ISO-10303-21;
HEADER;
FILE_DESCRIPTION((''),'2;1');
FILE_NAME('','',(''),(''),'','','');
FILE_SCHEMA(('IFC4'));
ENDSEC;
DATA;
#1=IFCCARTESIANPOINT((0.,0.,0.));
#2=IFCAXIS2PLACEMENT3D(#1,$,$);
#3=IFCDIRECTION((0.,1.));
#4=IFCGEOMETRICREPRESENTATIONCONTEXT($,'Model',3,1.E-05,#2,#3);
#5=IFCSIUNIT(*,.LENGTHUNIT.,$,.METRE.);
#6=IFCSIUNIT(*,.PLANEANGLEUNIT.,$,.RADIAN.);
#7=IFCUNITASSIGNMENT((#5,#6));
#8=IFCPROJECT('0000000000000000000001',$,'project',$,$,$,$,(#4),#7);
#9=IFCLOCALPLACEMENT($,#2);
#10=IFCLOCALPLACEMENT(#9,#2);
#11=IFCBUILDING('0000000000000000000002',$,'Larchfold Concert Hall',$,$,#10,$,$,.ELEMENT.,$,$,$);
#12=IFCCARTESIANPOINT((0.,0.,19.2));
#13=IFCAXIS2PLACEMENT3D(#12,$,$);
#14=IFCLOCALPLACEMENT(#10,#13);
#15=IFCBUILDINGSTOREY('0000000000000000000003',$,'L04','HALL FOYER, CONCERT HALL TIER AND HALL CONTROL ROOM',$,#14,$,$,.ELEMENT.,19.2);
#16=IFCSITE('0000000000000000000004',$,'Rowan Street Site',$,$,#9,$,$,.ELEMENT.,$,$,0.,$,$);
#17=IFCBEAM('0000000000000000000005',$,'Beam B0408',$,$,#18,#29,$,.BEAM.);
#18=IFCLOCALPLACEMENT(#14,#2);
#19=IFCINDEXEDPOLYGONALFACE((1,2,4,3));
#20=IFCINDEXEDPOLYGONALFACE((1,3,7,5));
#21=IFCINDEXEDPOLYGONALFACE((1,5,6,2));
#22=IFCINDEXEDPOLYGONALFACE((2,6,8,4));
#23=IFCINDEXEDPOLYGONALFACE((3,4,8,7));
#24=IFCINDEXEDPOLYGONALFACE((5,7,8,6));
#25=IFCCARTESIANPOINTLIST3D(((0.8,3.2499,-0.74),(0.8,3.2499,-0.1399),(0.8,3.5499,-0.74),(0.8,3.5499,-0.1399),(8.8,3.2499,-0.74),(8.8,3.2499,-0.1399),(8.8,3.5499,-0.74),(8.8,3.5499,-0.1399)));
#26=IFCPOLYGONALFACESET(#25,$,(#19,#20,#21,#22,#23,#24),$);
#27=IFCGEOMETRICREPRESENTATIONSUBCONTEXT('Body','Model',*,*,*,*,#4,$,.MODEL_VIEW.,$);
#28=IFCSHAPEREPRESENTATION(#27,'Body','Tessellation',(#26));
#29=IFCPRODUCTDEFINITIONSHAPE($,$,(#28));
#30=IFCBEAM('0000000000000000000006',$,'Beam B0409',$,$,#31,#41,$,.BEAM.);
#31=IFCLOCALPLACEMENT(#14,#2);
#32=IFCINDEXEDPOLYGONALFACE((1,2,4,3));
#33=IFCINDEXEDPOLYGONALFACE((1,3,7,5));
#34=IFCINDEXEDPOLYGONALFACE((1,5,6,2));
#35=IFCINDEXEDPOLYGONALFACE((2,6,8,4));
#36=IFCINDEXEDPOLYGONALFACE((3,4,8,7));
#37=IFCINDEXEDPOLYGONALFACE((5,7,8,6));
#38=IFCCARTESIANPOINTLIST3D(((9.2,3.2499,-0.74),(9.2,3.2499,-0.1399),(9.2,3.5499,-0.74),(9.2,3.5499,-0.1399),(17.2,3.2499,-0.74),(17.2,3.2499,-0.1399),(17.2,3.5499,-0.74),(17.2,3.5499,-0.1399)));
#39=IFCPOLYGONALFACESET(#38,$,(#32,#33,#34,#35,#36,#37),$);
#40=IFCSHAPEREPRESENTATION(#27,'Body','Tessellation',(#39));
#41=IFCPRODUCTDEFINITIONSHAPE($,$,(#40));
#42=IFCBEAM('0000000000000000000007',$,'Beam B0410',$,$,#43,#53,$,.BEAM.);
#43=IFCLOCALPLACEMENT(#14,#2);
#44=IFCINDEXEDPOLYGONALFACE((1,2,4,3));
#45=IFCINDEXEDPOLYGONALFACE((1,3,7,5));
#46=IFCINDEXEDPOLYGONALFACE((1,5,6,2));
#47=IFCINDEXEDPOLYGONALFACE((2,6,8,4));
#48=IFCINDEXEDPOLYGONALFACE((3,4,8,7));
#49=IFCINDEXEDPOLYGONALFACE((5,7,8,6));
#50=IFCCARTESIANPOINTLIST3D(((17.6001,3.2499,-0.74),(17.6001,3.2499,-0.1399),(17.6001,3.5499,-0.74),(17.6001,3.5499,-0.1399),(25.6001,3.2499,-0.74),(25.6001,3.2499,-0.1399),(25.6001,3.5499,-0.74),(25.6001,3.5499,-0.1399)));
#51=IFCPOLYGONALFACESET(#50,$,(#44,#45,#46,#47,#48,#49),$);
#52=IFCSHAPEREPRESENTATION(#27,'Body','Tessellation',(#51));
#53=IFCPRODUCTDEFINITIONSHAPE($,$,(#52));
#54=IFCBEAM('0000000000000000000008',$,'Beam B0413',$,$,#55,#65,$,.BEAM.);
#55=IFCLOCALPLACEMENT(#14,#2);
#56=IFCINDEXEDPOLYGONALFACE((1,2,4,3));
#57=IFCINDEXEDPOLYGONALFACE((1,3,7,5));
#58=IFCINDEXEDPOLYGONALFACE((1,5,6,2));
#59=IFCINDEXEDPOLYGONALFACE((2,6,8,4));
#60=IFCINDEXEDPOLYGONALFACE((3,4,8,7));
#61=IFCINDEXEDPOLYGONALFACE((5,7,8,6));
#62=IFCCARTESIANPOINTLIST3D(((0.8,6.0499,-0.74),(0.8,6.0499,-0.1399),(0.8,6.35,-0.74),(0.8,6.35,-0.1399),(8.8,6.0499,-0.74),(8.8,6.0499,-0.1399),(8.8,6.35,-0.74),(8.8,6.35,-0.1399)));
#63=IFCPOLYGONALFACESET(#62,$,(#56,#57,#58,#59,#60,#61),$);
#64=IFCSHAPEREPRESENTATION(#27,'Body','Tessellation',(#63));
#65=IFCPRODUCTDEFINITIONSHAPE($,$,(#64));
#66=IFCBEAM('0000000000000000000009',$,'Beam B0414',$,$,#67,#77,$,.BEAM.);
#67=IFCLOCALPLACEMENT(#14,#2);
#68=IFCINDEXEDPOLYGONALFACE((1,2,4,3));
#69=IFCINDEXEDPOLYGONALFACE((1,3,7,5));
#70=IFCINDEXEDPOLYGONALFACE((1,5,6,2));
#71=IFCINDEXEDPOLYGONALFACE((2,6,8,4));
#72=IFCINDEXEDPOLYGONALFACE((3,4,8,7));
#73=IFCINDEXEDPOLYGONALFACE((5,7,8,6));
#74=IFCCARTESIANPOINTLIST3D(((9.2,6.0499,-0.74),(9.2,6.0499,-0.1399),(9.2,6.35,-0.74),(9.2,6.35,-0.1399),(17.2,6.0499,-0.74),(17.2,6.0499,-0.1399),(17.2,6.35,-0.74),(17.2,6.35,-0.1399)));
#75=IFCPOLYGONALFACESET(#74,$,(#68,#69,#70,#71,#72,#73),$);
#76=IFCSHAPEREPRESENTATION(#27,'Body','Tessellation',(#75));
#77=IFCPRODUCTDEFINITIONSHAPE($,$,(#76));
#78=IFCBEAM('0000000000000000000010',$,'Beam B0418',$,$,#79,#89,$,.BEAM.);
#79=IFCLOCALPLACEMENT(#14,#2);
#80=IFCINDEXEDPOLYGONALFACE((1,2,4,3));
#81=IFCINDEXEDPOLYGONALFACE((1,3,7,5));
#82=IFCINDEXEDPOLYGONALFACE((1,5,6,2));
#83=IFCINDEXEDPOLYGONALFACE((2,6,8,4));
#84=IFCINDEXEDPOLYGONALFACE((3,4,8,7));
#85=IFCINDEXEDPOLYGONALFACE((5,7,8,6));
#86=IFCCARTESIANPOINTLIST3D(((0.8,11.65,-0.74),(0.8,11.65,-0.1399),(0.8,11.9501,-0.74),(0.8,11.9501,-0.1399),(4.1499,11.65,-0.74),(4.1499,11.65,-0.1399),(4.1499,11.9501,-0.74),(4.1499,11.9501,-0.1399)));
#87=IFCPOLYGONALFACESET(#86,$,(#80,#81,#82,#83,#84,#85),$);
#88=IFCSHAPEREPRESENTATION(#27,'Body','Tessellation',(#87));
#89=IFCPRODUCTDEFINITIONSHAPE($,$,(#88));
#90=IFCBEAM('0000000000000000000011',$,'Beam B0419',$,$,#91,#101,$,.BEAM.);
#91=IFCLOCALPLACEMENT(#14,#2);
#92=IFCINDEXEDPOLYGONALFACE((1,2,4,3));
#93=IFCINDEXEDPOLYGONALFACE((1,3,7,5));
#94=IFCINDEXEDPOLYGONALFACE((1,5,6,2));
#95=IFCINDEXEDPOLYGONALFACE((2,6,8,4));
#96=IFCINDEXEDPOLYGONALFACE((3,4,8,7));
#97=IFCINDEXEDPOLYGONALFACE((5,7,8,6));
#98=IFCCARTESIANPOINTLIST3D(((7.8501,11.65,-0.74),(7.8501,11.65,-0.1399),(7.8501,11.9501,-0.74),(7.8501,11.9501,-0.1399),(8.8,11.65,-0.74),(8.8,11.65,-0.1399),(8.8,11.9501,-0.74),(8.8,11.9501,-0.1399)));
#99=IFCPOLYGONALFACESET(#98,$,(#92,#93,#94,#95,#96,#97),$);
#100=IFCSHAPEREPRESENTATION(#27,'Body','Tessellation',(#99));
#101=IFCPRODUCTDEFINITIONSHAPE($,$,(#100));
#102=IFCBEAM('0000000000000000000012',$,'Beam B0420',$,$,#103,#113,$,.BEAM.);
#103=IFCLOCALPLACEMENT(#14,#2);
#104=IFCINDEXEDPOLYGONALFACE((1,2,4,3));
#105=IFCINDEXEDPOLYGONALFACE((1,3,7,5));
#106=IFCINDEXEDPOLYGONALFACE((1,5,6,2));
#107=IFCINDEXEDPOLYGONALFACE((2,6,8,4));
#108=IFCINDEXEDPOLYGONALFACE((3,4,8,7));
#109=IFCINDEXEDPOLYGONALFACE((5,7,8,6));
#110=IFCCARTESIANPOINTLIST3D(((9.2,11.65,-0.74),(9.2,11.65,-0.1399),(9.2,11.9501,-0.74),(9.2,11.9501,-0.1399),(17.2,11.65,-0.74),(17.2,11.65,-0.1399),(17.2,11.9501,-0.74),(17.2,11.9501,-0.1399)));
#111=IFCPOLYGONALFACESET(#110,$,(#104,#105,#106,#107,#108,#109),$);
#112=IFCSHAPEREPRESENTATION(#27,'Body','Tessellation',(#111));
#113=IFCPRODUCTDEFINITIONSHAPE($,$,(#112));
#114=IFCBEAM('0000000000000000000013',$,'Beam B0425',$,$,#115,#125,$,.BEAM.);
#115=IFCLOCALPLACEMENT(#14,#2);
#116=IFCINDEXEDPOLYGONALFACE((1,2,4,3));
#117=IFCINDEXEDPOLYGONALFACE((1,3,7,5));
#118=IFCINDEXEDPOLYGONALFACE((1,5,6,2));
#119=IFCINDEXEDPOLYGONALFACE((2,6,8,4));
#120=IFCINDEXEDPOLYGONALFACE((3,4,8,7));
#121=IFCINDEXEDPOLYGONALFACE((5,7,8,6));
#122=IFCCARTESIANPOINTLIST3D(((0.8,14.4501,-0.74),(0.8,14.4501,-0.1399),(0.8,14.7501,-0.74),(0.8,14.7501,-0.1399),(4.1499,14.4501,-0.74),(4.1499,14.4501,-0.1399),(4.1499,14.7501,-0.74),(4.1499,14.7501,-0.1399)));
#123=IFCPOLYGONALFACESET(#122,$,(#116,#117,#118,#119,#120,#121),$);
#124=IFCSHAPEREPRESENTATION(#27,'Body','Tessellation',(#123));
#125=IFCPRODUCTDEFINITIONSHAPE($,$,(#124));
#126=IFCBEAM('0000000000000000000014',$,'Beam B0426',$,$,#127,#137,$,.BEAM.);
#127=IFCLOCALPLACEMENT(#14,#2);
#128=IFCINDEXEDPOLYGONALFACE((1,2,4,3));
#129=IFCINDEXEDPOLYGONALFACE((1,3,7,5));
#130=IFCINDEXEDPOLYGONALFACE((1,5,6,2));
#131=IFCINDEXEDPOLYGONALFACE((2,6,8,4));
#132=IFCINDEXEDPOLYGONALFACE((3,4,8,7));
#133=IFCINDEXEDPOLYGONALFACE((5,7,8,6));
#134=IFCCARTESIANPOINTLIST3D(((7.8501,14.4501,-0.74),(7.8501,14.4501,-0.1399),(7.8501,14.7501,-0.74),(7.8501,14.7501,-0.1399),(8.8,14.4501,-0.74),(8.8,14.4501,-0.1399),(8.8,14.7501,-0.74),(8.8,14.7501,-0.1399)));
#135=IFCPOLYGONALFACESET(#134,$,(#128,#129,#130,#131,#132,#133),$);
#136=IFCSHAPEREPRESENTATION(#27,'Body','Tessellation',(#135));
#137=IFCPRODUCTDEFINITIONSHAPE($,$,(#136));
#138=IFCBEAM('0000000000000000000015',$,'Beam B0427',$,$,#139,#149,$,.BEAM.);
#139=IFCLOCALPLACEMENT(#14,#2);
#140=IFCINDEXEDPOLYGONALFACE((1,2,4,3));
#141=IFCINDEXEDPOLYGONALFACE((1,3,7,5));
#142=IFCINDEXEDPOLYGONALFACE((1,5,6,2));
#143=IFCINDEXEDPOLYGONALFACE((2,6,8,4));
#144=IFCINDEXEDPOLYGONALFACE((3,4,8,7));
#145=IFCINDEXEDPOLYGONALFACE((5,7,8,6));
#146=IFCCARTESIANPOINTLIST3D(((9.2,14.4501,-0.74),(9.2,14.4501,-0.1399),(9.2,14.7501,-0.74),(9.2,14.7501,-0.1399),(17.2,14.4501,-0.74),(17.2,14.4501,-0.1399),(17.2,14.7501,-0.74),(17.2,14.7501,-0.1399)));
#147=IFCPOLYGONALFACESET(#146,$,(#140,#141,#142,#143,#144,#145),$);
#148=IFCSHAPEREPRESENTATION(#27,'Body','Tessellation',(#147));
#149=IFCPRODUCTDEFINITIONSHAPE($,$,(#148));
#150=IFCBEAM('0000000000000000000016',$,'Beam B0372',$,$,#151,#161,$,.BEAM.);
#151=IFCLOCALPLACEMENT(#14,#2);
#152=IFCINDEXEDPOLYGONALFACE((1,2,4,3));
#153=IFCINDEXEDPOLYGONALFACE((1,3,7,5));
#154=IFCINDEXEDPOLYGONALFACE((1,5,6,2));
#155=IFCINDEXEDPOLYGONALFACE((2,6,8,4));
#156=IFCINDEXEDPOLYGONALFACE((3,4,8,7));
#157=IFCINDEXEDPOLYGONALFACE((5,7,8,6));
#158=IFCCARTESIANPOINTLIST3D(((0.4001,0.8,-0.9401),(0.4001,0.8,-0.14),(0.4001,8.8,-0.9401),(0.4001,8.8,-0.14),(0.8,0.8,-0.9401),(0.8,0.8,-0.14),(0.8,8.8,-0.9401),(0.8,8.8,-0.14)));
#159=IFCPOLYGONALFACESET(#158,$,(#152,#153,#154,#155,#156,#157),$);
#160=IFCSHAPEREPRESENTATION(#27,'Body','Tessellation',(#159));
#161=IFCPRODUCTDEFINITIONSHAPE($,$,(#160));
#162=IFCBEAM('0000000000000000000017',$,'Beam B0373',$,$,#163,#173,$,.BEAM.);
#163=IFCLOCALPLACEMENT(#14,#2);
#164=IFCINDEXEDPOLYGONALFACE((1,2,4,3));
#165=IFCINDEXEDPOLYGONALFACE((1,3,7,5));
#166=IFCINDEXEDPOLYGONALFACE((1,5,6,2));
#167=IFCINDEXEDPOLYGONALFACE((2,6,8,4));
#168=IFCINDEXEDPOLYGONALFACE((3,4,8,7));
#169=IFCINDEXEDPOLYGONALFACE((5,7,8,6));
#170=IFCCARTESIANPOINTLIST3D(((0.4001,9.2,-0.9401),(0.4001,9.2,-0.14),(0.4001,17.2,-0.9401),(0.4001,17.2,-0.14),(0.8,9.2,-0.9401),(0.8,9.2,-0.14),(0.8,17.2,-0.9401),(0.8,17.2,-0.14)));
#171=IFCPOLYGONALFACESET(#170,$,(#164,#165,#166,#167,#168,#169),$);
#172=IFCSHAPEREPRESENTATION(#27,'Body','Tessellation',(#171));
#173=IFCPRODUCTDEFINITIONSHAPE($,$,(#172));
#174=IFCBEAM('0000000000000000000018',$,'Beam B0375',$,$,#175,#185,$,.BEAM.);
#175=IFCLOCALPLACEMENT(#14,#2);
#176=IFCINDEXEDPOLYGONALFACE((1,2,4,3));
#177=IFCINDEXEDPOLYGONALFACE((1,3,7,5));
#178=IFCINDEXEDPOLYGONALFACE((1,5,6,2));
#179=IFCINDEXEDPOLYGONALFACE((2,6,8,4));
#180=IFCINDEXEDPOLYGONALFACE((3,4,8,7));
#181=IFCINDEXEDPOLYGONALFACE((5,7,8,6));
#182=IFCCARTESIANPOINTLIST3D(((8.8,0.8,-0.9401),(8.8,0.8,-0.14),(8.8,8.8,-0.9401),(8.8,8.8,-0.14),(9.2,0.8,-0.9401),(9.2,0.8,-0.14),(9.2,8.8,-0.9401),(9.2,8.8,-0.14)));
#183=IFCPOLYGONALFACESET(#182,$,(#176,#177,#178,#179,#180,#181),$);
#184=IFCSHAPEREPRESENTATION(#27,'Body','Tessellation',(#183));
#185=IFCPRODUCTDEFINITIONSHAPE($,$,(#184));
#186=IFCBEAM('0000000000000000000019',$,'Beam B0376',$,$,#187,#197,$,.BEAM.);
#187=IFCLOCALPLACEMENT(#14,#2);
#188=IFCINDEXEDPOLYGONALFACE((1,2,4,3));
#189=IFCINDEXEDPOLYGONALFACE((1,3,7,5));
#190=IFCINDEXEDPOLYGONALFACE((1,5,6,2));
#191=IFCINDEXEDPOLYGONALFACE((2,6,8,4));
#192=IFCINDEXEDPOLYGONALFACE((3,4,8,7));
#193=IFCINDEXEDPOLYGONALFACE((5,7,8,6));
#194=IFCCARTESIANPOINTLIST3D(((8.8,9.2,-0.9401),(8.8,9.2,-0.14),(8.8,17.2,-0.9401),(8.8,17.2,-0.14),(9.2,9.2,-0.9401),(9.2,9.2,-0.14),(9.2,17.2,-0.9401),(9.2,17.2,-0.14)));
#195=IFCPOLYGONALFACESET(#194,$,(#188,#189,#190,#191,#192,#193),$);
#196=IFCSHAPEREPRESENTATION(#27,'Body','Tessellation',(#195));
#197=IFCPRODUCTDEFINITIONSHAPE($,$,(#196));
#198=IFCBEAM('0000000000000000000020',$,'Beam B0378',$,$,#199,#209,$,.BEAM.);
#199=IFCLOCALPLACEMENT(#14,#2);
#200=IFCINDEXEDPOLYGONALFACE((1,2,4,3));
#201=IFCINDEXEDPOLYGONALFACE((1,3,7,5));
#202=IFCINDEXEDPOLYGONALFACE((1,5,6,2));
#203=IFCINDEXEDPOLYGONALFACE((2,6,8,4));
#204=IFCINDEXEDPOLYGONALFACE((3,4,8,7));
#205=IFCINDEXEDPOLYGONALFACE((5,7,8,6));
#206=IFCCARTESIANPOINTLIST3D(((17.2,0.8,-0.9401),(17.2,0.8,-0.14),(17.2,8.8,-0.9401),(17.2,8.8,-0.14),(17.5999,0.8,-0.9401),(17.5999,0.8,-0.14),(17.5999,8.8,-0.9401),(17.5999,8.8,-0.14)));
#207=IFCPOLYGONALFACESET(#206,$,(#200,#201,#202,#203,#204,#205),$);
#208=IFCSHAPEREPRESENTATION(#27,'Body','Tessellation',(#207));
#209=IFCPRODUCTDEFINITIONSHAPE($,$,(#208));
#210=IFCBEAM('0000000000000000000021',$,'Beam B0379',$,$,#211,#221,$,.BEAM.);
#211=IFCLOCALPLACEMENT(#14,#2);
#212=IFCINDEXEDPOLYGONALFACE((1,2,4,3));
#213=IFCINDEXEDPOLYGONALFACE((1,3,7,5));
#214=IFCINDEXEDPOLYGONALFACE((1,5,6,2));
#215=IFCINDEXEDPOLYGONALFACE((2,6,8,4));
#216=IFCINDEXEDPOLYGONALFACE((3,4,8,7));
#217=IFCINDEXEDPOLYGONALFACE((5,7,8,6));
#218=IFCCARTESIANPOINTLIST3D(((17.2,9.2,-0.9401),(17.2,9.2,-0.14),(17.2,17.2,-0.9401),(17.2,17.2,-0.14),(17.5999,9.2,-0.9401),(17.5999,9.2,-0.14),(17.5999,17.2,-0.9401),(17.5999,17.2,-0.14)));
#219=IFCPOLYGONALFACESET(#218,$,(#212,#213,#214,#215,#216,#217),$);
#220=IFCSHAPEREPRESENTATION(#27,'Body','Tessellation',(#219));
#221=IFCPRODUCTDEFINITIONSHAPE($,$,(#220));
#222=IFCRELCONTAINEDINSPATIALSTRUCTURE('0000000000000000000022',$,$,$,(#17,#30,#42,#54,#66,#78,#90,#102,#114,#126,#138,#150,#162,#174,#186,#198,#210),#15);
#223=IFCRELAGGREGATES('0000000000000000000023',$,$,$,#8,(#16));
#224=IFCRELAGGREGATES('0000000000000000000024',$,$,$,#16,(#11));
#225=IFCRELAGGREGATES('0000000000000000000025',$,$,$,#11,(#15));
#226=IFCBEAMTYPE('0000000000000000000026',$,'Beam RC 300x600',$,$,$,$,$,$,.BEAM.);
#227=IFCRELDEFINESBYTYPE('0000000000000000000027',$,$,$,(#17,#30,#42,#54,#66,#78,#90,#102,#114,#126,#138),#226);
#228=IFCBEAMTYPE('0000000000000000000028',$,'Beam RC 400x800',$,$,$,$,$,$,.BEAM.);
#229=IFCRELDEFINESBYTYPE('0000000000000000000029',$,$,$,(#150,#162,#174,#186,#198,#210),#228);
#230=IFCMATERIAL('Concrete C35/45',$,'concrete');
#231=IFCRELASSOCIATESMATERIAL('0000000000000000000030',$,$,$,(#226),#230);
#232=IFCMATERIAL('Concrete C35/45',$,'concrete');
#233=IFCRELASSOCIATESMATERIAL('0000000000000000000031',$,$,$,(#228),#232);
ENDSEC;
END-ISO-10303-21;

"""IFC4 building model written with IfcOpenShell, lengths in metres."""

from ifc_helpers import new_model, si_unit, direction, frame, origin, origin_2d, place, context, subcontext, project, spatial, rectangle, extrude, material, material_profile, profile_set, type_object, element, save


model = new_model("IFC4")

# Units and contexts
model_context = context("Model", 3, precision=1e-05, world=origin(), true_north=direction((0.0, 1.0)))
body_context = subcontext(model_context, "Body", "Model", "MODEL_VIEW")
ifc_project = project(units=[si_unit("LENGTHUNIT", "METRE"), si_unit("PLANEANGLEUNIT", "RADIAN")], contexts=[model_context])

# Site, building, storey
site_placement = place(None, origin())
site = spatial("IfcSite", under=ifc_project, at=site_placement, Name="Rowan Street Site", CompositionType="ELEMENT", RefElevation=0.0)
building_placement = place(site_placement, origin())
building = spatial("IfcBuilding", under=site, at=building_placement, Name="Larchfold Concert Hall", CompositionType="ELEMENT")
storey_placement = place(building_placement, frame((0.0, 0.0, 19.2)))
storey = spatial("IfcBuildingStorey", under=building, at=storey_placement, Name="L04", Description="HALL FOYER, CONCERT HALL TIER AND HALL CONTROL ROOM", CompositionType="ELEMENT", Elevation=19.2)

# Beams
ifc_material_1 = material(Name="Concrete C35/45", Category="concrete")
ifc_material_profile_1 = material_profile(ifc_material_1, rectangle(XDim=0.3, YDim=0.6001, at=origin_2d()))
ifc_profile_set_1 = profile_set([ifc_material_profile_1], Name="Concrete C35/45")
beam_type_1 = type_object("IfcBeamType", Name="Beam RC 300x600", PredefinedType="BEAM", material=ifc_profile_set_1)
for number, where, z_axis, x_axis, name in (
    (1, (0.8, 3.3999, -0.4399), (1.0, 0.0, 0.0), (0.0, 1.0, 0.0), "Beam B0408"),
    (2, (9.2, 3.3999, -0.4399), (1.0, 0.0, 0.0), (0.0, 1.0, 0.0), "Beam B0409"),
    (3, (17.6001, 3.3999, -0.4399), (1.0, 0.0, 0.0), (0.0, 1.0, 0.0), "Beam B0410"),
    (4, (0.8, 6.2, -0.4399), (1.0, 0.0, 0.0), (0.0, 1.0, 0.0), "Beam B0413"),
    (5, (9.2, 6.2, -0.4399), (1.0, 0.0, 0.0), (0.0, 1.0, 0.0), "Beam B0414"),
):
    element("IfcBeam", number, at=place(storey_placement, frame(where, z_axis=z_axis, x_axis=x_axis)), inside=storey, type_object=beam_type_1, Name=name, PredefinedType="BEAM", context=body_context, shape_type="SweptSolid", body=[
        extrude(rectangle(XDim=0.3, YDim=0.6001, at=origin_2d()), origin(), (0.0, 0.0, 1.0), 8.0),
    ])
beam_1_placement = place(storey_placement, frame((0.8, 11.8, -0.4399), z_axis=(1.0, 0.0, 0.0), x_axis=(0.0, 1.0, 0.0)))
element("IfcBeam", 6, at=beam_1_placement, inside=storey, type_object=beam_type_1, Name="Beam B0418", PredefinedType="BEAM", context=body_context, shape_type="SweptSolid", body=[
    extrude(rectangle(XDim=0.3, YDim=0.6001, at=origin_2d()), origin(), (0.0, 0.0, 1.0), 3.3499),
])
beam_2_placement = place(storey_placement, frame((7.8501, 11.8, -0.4399), z_axis=(1.0, 0.0, 0.0), x_axis=(0.0, 1.0, 0.0)))
element("IfcBeam", 7, at=beam_2_placement, inside=storey, type_object=beam_type_1, Name="Beam B0419", PredefinedType="BEAM", context=body_context, shape_type="SweptSolid", body=[
    extrude(rectangle(XDim=0.3, YDim=0.6001, at=origin_2d()), origin(), (0.0, 0.0, 1.0), 0.95),
])
beam_3_placement = place(storey_placement, frame((9.2, 11.8, -0.4399), z_axis=(1.0, 0.0, 0.0), x_axis=(0.0, 1.0, 0.0)))
element("IfcBeam", 8, at=beam_3_placement, inside=storey, type_object=beam_type_1, Name="Beam B0420", PredefinedType="BEAM", context=body_context, shape_type="SweptSolid", body=[
    extrude(rectangle(XDim=0.3, YDim=0.6001, at=origin_2d()), origin(), (0.0, 0.0, 1.0), 8.0),
])
beam_4_placement = place(storey_placement, frame((0.8, 14.6001, -0.4399), z_axis=(1.0, 0.0, 0.0), x_axis=(0.0, 1.0, 0.0)))
element("IfcBeam", 9, at=beam_4_placement, inside=storey, type_object=beam_type_1, Name="Beam B0425", PredefinedType="BEAM", context=body_context, shape_type="SweptSolid", body=[
    extrude(rectangle(XDim=0.3, YDim=0.6001, at=origin_2d()), origin(), (0.0, 0.0, 1.0), 3.3499),
])
beam_5_placement = place(storey_placement, frame((7.8501, 14.6001, -0.4399), z_axis=(1.0, 0.0, 0.0), x_axis=(0.0, 1.0, 0.0)))
element("IfcBeam", 10, at=beam_5_placement, inside=storey, type_object=beam_type_1, Name="Beam B0426", PredefinedType="BEAM", context=body_context, shape_type="SweptSolid", body=[
    extrude(rectangle(XDim=0.3, YDim=0.6001, at=origin_2d()), origin(), (0.0, 0.0, 1.0), 0.95),
])
beam_6_placement = place(storey_placement, frame((9.2, 14.6001, -0.4399), z_axis=(1.0, 0.0, 0.0), x_axis=(0.0, 1.0, 0.0)))
element("IfcBeam", 11, at=beam_6_placement, inside=storey, type_object=beam_type_1, Name="Beam B0427", PredefinedType="BEAM", context=body_context, shape_type="SweptSolid", body=[
    extrude(rectangle(XDim=0.3, YDim=0.6001, at=origin_2d()), origin(), (0.0, 0.0, 1.0), 8.0),
])
ifc_material_2 = material(Name="Concrete C35/45", Category="concrete")
ifc_material_profile_2 = material_profile(ifc_material_2, rectangle(XDim=0.3999, YDim=0.8, at=origin_2d()))
ifc_profile_set_2 = profile_set([ifc_material_profile_2], Name="Concrete C35/45")
beam_type_2 = type_object("IfcBeamType", Name="Beam RC 400x800", PredefinedType="BEAM", material=ifc_profile_set_2)
for number, where, z_axis, x_axis, name in (
    (12, (0.6001, 0.8, -0.54), (0.0, 1.0, 0.0), (-1.0, 0.0, 0.0), "Beam B0372"),
    (13, (0.6001, 9.2, -0.54), (0.0, 1.0, 0.0), (-1.0, 0.0, 0.0), "Beam B0373"),
    (14, (9.0, 0.8, -0.54), (0.0, 1.0, 0.0), (-1.0, 0.0, 0.0), "Beam B0375"),
    (15, (9.0, 9.2, -0.54), (0.0, 1.0, 0.0), (-1.0, 0.0, 0.0), "Beam B0376"),
    (16, (17.3999, 0.8, -0.54), (0.0, 1.0, 0.0), (-1.0, 0.0, 0.0), "Beam B0378"),
    (17, (17.3999, 9.2, -0.54), (0.0, 1.0, 0.0), (-1.0, 0.0, 0.0), "Beam B0379"),
):
    element("IfcBeam", number, at=place(storey_placement, frame(where, z_axis=z_axis, x_axis=x_axis)), inside=storey, type_object=beam_type_2, Name=name, PredefinedType="BEAM", context=body_context, shape_type="SweptSolid", body=[
        extrude(rectangle(XDim=0.3999, YDim=0.8, at=origin_2d()), origin(), (0.0, 0.0, 1.0), 8.0),
    ])

save(model, "model.ifc")
